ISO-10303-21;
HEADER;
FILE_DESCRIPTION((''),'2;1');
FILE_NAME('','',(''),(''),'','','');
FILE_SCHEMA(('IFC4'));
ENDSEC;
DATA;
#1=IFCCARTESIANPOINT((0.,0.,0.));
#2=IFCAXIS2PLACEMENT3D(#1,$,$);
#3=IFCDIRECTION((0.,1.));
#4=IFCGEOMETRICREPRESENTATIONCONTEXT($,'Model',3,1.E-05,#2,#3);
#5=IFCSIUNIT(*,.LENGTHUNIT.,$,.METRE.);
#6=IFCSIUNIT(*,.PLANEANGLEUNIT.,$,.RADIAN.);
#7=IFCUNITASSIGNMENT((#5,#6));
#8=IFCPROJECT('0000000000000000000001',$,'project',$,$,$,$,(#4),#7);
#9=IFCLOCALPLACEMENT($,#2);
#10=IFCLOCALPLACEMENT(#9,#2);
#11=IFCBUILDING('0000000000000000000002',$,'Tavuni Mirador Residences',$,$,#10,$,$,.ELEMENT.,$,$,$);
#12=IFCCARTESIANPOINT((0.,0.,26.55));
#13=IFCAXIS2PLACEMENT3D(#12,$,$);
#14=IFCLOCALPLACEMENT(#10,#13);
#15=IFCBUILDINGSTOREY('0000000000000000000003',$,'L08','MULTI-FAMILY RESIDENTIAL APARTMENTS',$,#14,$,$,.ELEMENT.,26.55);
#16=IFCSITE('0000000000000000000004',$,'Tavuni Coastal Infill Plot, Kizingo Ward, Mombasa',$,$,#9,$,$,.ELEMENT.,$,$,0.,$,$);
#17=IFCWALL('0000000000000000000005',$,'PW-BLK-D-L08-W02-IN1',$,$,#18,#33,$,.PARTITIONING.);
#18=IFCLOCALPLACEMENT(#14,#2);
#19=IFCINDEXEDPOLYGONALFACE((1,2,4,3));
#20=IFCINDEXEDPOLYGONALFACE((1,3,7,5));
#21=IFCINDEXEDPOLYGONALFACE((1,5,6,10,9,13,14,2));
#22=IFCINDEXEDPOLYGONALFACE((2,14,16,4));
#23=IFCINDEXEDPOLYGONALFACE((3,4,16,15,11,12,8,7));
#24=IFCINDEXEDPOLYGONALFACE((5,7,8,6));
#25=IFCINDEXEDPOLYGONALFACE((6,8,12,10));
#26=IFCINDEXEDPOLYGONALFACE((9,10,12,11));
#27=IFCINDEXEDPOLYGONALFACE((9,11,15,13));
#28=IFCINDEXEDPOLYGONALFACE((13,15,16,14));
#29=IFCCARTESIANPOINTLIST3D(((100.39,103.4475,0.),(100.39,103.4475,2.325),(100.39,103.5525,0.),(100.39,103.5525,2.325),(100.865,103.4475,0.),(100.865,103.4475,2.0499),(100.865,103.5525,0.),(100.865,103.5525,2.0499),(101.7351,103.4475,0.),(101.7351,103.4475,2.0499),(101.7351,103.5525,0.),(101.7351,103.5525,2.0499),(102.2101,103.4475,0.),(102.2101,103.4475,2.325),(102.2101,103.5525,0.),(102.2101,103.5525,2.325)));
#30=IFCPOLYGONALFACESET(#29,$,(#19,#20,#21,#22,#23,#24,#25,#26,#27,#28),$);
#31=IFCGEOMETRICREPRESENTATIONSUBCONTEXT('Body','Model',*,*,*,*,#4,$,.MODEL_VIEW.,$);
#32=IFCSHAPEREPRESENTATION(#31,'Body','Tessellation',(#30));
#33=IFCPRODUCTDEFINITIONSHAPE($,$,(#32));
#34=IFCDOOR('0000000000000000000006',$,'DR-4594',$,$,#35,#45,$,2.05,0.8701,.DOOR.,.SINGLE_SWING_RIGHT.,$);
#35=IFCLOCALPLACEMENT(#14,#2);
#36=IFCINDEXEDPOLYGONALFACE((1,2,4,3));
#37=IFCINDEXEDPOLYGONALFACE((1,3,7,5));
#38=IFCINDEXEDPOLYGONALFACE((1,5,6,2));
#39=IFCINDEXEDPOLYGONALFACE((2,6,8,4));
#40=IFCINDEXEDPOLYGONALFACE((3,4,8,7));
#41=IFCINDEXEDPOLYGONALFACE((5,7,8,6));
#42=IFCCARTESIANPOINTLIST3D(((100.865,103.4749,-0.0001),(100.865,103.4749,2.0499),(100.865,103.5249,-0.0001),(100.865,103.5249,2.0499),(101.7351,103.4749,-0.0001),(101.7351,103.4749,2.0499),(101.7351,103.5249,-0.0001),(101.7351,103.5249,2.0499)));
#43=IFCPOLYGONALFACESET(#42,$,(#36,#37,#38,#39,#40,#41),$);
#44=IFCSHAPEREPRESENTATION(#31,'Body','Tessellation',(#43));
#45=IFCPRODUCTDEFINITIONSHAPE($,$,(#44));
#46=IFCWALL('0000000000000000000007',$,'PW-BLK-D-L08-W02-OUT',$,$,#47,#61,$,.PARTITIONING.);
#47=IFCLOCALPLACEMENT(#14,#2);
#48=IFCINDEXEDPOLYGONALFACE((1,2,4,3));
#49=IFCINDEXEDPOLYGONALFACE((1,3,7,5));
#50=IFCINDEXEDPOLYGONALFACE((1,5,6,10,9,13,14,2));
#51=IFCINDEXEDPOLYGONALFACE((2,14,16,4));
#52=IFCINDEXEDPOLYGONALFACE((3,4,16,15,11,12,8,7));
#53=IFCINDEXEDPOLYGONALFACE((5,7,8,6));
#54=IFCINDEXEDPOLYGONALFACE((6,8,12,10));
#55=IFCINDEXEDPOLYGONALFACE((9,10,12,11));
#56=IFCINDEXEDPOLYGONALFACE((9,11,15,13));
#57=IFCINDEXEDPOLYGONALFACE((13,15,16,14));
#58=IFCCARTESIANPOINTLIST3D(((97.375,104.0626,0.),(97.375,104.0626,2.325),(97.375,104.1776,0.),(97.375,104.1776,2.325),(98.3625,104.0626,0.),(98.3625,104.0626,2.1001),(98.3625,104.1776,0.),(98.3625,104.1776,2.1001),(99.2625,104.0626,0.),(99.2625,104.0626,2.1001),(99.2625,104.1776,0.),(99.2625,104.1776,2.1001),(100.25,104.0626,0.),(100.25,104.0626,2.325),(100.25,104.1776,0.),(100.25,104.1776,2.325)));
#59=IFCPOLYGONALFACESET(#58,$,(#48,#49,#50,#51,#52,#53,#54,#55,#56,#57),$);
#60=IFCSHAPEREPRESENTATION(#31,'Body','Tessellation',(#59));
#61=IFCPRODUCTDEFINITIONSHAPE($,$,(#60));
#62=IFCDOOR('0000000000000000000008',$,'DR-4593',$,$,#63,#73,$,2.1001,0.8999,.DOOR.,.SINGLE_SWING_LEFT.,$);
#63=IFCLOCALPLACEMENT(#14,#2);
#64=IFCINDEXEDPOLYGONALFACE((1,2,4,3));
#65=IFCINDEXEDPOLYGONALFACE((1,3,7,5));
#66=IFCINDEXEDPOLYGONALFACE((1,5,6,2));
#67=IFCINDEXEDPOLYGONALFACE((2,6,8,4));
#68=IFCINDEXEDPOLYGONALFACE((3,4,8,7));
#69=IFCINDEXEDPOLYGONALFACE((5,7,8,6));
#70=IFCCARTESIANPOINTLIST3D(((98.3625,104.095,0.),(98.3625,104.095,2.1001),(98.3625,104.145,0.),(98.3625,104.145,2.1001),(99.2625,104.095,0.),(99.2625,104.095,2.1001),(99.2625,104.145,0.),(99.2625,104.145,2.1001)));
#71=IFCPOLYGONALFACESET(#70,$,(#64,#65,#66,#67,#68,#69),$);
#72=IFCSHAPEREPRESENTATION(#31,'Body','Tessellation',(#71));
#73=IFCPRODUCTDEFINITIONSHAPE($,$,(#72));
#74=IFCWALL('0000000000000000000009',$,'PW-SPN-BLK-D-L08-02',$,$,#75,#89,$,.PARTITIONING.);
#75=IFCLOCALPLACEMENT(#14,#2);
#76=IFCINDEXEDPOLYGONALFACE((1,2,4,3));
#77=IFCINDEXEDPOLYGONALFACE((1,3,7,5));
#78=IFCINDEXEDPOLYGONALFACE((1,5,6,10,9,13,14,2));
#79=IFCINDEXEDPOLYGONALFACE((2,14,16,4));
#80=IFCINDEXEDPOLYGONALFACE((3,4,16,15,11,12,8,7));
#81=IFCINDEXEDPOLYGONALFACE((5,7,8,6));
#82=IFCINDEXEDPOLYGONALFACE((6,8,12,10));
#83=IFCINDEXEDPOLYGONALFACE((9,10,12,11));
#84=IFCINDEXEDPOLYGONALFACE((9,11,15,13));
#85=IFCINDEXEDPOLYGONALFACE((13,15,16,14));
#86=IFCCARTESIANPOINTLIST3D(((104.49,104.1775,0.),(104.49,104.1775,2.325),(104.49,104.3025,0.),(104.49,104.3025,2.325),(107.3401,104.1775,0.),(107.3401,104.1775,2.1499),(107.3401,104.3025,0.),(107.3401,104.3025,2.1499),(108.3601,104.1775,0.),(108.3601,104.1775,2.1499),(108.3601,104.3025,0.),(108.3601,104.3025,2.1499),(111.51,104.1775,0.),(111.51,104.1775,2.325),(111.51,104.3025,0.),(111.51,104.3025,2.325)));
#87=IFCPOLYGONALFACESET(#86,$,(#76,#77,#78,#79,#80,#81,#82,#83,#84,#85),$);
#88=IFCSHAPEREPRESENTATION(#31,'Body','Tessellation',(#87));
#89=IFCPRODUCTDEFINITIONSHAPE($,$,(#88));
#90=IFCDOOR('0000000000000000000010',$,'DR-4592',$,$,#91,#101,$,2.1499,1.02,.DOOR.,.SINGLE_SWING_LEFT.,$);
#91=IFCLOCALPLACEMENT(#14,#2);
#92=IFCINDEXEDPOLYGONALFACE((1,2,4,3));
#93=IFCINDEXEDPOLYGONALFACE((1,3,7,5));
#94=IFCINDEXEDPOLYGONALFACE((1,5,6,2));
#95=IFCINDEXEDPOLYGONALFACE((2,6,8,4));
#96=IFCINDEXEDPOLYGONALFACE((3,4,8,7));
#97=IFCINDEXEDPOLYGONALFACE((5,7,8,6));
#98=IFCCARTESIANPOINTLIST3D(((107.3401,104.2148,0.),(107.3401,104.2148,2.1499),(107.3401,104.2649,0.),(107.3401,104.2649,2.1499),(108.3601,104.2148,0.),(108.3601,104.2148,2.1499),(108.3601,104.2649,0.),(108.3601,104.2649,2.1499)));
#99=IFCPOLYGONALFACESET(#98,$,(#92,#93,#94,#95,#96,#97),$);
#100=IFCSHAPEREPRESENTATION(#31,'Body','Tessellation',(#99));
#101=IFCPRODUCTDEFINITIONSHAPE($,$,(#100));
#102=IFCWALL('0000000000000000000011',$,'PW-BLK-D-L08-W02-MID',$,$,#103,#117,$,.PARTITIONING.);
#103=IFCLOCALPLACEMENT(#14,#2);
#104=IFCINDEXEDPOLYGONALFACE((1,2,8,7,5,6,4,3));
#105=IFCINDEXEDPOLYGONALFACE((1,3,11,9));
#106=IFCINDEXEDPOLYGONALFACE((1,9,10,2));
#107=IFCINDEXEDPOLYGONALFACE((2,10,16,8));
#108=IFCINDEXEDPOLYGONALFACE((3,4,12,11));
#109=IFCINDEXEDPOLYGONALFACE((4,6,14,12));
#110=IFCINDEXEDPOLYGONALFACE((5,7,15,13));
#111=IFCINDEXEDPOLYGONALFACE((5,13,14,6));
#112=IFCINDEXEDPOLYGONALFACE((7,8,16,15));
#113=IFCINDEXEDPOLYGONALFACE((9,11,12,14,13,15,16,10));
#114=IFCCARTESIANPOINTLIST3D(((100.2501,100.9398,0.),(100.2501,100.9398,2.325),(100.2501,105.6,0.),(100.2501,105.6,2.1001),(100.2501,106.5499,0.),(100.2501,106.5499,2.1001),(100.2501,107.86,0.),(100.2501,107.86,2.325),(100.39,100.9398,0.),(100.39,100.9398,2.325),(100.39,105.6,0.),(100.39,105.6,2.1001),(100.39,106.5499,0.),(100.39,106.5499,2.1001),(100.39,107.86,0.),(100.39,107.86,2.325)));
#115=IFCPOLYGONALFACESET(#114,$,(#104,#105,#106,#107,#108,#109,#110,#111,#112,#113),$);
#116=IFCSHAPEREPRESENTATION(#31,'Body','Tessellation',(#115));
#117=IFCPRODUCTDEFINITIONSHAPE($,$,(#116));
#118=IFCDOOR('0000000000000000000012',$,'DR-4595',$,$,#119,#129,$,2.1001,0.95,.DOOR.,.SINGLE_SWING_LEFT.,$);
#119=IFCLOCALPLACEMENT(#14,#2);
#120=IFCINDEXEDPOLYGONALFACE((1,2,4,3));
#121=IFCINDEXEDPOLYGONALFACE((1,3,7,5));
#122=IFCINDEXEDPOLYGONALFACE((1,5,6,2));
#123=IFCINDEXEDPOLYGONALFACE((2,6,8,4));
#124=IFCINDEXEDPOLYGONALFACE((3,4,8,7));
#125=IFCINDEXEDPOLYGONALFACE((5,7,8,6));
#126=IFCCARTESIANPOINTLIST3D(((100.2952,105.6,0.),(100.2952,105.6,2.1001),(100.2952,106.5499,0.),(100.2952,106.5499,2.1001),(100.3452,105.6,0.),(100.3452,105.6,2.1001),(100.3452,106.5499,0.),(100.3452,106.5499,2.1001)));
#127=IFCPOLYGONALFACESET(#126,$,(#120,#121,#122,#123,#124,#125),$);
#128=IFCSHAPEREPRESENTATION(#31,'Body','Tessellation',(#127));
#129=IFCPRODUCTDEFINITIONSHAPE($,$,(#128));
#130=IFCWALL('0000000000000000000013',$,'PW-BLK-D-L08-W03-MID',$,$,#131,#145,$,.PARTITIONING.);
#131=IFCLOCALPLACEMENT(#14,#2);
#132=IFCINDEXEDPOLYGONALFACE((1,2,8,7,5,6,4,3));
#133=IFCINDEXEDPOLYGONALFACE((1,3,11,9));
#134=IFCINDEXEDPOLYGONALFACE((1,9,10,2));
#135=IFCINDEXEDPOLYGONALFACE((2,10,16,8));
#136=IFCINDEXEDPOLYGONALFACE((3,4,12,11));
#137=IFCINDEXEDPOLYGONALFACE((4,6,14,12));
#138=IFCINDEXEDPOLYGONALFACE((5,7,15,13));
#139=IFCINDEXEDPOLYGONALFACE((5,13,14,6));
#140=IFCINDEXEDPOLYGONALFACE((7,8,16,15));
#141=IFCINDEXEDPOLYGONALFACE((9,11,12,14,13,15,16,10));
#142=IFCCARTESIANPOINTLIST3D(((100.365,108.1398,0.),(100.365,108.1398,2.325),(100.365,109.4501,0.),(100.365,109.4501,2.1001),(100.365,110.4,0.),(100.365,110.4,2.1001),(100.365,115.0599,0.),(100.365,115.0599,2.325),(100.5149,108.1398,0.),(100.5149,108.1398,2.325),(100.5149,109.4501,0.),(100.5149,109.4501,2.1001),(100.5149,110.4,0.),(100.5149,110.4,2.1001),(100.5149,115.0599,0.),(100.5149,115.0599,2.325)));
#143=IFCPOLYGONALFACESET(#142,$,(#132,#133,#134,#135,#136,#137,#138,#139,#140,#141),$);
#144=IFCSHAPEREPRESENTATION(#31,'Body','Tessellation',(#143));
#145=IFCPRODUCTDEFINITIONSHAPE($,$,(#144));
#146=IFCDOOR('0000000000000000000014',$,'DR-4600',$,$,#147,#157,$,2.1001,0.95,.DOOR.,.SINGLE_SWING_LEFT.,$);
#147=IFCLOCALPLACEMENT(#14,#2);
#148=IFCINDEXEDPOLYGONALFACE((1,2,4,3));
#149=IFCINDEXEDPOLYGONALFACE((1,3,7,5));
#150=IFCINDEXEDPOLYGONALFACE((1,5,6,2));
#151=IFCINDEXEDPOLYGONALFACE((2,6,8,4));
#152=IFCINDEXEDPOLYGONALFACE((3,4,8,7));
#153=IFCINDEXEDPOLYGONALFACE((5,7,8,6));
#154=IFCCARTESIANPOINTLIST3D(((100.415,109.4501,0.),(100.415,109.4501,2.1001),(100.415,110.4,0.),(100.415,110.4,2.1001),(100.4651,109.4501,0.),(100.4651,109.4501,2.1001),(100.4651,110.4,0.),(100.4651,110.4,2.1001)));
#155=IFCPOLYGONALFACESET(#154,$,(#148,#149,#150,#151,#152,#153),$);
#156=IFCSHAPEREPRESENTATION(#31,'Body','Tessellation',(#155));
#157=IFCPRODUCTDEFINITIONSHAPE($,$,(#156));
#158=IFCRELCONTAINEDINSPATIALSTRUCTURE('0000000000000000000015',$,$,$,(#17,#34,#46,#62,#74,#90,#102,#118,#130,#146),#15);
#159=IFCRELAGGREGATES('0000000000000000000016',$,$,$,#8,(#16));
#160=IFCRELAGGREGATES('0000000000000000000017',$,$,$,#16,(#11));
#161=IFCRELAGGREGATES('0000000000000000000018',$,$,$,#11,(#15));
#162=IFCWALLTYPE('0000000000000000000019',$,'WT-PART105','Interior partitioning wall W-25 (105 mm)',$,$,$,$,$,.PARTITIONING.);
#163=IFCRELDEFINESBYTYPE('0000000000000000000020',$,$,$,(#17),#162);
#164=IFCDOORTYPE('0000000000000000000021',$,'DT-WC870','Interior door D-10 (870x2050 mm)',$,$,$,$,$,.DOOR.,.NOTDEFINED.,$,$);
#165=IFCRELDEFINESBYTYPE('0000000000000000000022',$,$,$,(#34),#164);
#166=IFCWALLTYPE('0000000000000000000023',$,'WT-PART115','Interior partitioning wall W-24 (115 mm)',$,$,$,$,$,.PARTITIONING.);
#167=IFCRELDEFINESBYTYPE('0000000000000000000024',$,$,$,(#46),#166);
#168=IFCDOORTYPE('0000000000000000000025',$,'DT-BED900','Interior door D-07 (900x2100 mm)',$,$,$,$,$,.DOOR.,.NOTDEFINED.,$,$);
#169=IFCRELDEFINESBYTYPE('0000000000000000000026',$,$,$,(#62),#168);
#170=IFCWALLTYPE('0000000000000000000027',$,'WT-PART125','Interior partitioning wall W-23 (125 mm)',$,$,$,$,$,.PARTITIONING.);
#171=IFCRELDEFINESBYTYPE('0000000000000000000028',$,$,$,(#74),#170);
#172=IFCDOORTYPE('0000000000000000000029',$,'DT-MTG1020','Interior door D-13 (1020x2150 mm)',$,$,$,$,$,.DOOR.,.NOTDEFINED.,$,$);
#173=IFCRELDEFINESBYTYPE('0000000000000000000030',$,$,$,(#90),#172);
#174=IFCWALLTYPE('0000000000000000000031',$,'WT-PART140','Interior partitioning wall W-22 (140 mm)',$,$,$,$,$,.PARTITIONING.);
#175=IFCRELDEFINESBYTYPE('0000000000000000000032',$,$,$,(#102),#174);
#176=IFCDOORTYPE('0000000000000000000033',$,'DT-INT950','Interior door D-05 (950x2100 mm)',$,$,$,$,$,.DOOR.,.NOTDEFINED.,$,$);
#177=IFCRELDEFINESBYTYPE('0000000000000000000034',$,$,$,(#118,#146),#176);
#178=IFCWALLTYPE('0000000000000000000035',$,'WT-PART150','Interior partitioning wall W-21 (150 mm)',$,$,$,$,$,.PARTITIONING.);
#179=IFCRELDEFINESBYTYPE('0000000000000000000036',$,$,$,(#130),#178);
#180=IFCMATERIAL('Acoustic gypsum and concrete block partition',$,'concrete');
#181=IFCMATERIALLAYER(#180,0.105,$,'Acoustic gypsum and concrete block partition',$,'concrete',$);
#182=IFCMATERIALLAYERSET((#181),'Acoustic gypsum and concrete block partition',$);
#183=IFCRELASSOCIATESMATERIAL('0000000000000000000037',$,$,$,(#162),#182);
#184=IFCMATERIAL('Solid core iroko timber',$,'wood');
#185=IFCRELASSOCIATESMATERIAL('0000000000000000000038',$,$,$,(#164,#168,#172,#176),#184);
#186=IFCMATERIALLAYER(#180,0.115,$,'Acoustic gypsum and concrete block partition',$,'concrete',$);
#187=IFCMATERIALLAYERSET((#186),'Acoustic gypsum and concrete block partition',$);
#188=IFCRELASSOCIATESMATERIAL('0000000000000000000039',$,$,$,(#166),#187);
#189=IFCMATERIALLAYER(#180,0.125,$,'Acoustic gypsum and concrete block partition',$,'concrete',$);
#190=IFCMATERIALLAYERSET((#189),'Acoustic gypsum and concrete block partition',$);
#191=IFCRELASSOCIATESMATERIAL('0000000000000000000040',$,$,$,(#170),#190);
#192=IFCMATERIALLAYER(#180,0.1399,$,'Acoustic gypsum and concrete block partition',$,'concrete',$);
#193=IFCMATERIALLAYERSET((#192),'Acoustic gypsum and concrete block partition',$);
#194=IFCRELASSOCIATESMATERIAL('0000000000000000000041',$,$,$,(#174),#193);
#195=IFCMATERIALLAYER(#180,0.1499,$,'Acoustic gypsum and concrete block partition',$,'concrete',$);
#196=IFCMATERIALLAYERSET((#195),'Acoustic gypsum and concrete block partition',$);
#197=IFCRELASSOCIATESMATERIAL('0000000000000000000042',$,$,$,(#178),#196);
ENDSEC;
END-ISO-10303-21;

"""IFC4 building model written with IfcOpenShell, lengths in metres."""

from ifc_helpers import new_model, si_unit, direction, frame, frame_2d, origin, place, context, subcontext, project, spatial, rectangle, extrude, material, layer, layer_set, type_object, element, fill, save


model = new_model("IFC4")

# Units and contexts
model_context = context("Model", 3, precision=1e-05, world=origin(), true_north=direction((0.0, 1.0)))
body_context = subcontext(model_context, "Body", "Model", "MODEL_VIEW")
ifc_project = project(units=[si_unit("LENGTHUNIT", "METRE"), si_unit("PLANEANGLEUNIT", "RADIAN")], contexts=[model_context])

# Site, building, storey
site_placement = place(None, origin())
site = spatial("IfcSite", under=ifc_project, at=site_placement, Name="Tavuni Coastal Infill Plot, Kizingo Ward, Mombasa", CompositionType="ELEMENT", RefElevation=0.0)
building_placement = place(site_placement, origin())
building = spatial("IfcBuilding", under=site, at=building_placement, Name="Tavuni Mirador Residences", CompositionType="ELEMENT")
storey_placement = place(building_placement, frame((0.0, 0.0, 26.55)))
storey = spatial("IfcBuildingStorey", under=building, at=storey_placement, Name="L08", Description="MULTI-FAMILY RESIDENTIAL APARTMENTS", CompositionType="ELEMENT", Elevation=26.55)

# Shared definitions
ifc_material_1 = material(Name="Solid core iroko timber", Category="wood")

# Walls, openings, doors
ifc_material_2 = material(Name="Acoustic gypsum and concrete block partition", Category="concrete")
ifc_layer_1 = layer(ifc_material_2, 0.105, Name="Acoustic gypsum and concrete block partition", Category="concrete")
ifc_layer_set_1 = layer_set([ifc_layer_1], Name="Acoustic gypsum and concrete block partition")
wall_type_1 = type_object("IfcWallType", Name="WT-PART105", Description="Interior partitioning wall W-25 (105 mm)", PredefinedType="PARTITIONING", material=ifc_layer_set_1)
wall_1_placement = place(storey_placement, frame((100.3899, 103.5, 0.0), z_axis=(0.0, 0.0, 1.0), x_axis=(1.0, 0.0, 0.0)))
wall_1 = element("IfcWall", 1, at=wall_1_placement, inside=storey, type_object=wall_type_1, Name="PW-BLK-D-L08-W02-IN1", PredefinedType="PARTITIONING", context=body_context, shape_type="SweptSolid", body=[
    extrude(rectangle(XDim=1.8201, YDim=0.105, at=frame_2d((0.9102, 0.0))), origin(), (0.0, 0.0, 1.0), 2.325),
])
opening_1_placement = place(wall_1_placement, frame((0.4751, 0.0, 0.0)))
opening_1 = element("IfcOpeningElement", 2, at=opening_1_placement, cuts=wall_1, PredefinedType="OPENING", context=body_context, shape_type="SweptSolid", body=[
    extrude(rectangle(XDim=0.8701, YDim=2.05, at=frame_2d((0.4351, 1.0249))), frame((0.0, 0.0625, 0.0), z_axis=(0.0, -1.0, 0.0), x_axis=(1.0, 0.0, 0.0)), (0.0, 0.0, 1.0), 0.125),
])
door_type_1 = type_object("IfcDoorType", Name="DT-WC870", Description="Interior door D-10 (870x2050 mm)", OperationType="NOTDEFINED", PredefinedType="DOOR", material=ifc_material_1)
door_1_placement = place(opening_1_placement, origin())
door_1 = element("IfcDoor", 3, at=door_1_placement, inside=storey, type_object=door_type_1, Name="DR-4594", OperationType="SINGLE_SWING_RIGHT", OverallHeight=2.05, OverallWidth=0.8701, PredefinedType="DOOR", context=body_context, shape_type="SweptSolid", body=[
    extrude(rectangle(XDim=0.8701, YDim=2.05, at=frame_2d((0.4351, 1.0249))), frame((0.0, 0.0249, 0.0), z_axis=(0.0, -1.0, 0.0), x_axis=(1.0, 0.0, 0.0)), (0.0, 0.0, 1.0), 0.05),
])
fill(opening_1, door_1)
ifc_layer_2 = layer(ifc_material_2, 0.115, Name="Acoustic gypsum and concrete block partition", Category="concrete")
ifc_layer_set_2 = layer_set([ifc_layer_2], Name="Acoustic gypsum and concrete block partition")
wall_type_2 = type_object("IfcWallType", Name="WT-PART115", Description="Interior partitioning wall W-24 (115 mm)", PredefinedType="PARTITIONING", material=ifc_layer_set_2)
wall_2_placement = place(storey_placement, frame((97.375, 104.1201, 0.0), z_axis=(0.0, 0.0, 1.0), x_axis=(1.0, 0.0, 0.0)))
wall_2 = element("IfcWall", 4, at=wall_2_placement, inside=storey, type_object=wall_type_2, Name="PW-BLK-D-L08-W02-OUT", PredefinedType="PARTITIONING", context=body_context, shape_type="SweptSolid", body=[
    extrude(rectangle(XDim=2.875, YDim=0.115, at=frame_2d((1.4375, 0.0))), origin(), (0.0, 0.0, 1.0), 2.325),
])
opening_2_placement = place(wall_2_placement, frame((0.9875, 0.0, 0.0)))
opening_2 = element("IfcOpeningElement", 5, at=opening_2_placement, cuts=wall_2, PredefinedType="OPENING", context=body_context, shape_type="SweptSolid", body=[
    extrude(rectangle(XDim=0.8999, YDim=2.1001, at=frame_2d((0.45, 1.05))), frame((0.0, 0.0674, 0.0), z_axis=(0.0, -1.0, 0.0), x_axis=(1.0, 0.0, 0.0)), (0.0, 0.0, 1.0), 0.135),
])
door_type_2 = type_object("IfcDoorType", Name="DT-BED900", Description="Interior door D-07 (900x2100 mm)", OperationType="NOTDEFINED", PredefinedType="DOOR", material=ifc_material_1)
door_2_placement = place(opening_2_placement, origin())
door_2 = element("IfcDoor", 6, at=door_2_placement, inside=storey, type_object=door_type_2, Name="DR-4593", OperationType="SINGLE_SWING_LEFT", OverallHeight=2.1001, OverallWidth=0.8999, PredefinedType="DOOR", context=body_context, shape_type="SweptSolid", body=[
    extrude(rectangle(XDim=0.8999, YDim=2.1001, at=frame_2d((0.45, 1.05))), frame((0.0, 0.0249, 0.0), z_axis=(0.0, -1.0, 0.0), x_axis=(1.0, 0.0, 0.0)), (0.0, 0.0, 1.0), 0.05),
])
fill(opening_2, door_2)
ifc_layer_3 = layer(ifc_material_2, 0.125, Name="Acoustic gypsum and concrete block partition", Category="concrete")
ifc_layer_set_3 = layer_set([ifc_layer_3], Name="Acoustic gypsum and concrete block partition")
wall_type_3 = type_object("IfcWallType", Name="WT-PART125", Description="Interior partitioning wall W-23 (125 mm)", PredefinedType="PARTITIONING", material=ifc_layer_set_3)
wall_3_placement = place(storey_placement, frame((104.49, 104.24, 0.0), z_axis=(0.0, 0.0, 1.0), x_axis=(1.0, 0.0, 0.0)))
wall_3 = element("IfcWall", 7, at=wall_3_placement, inside=storey, type_object=wall_type_3, Name="PW-SPN-BLK-D-L08-02", PredefinedType="PARTITIONING", context=body_context, shape_type="SweptSolid", body=[
    extrude(rectangle(XDim=7.02, YDim=0.125, at=frame_2d((3.51, 0.0))), origin(), (0.0, 0.0, 1.0), 2.325),
])
opening_3_placement = place(wall_3_placement, frame((2.8501, 0.0, 0.0)))
opening_3 = element("IfcOpeningElement", 8, at=opening_3_placement, cuts=wall_3, PredefinedType="OPENING", context=body_context, shape_type="SweptSolid", body=[
    extrude(rectangle(XDim=1.02, YDim=2.1499, at=frame_2d((0.51, 1.075))), frame((0.0, 0.0725, 0.0), z_axis=(0.0, -1.0, 0.0), x_axis=(1.0, 0.0, 0.0)), (0.0, 0.0, 1.0), 0.145),
])
door_type_3 = type_object("IfcDoorType", Name="DT-MTG1020", Description="Interior door D-13 (1020x2150 mm)", OperationType="NOTDEFINED", PredefinedType="DOOR", material=ifc_material_1)
door_3_placement = place(opening_3_placement, origin())
door_3 = element("IfcDoor", 9, at=door_3_placement, inside=storey, type_object=door_type_3, Name="DR-4592", OperationType="SINGLE_SWING_LEFT", OverallHeight=2.1499, OverallWidth=1.02, PredefinedType="DOOR", context=body_context, shape_type="SweptSolid", body=[
    extrude(rectangle(XDim=1.02, YDim=2.1499, at=frame_2d((0.51, 1.075))), frame((0.0, 0.0249, 0.0), z_axis=(0.0, -1.0, 0.0), x_axis=(1.0, 0.0, 0.0)), (0.0, 0.0, 1.0), 0.05),
])
fill(opening_3, door_3)
ifc_layer_4 = layer(ifc_material_2, 0.1399, Name="Acoustic gypsum and concrete block partition", Category="concrete")
ifc_layer_set_4 = layer_set([ifc_layer_4], Name="Acoustic gypsum and concrete block partition")
wall_type_4 = type_object("IfcWallType", Name="WT-PART140", Description="Interior partitioning wall W-22 (140 mm)", PredefinedType="PARTITIONING", material=ifc_layer_set_4)
wall_4_placement = place(storey_placement, frame((100.3201, 100.9399, 0.0), z_axis=(0.0, 0.0, 1.0), x_axis=(0.0, 1.0, 0.0)))
wall_4 = element("IfcWall", 10, at=wall_4_placement, inside=storey, type_object=wall_type_4, Name="PW-BLK-D-L08-W02-MID", PredefinedType="PARTITIONING", context=body_context, shape_type="SweptSolid", body=[
    extrude(rectangle(XDim=6.9202, YDim=0.1399, at=frame_2d((3.46, 0.0))), origin(), (0.0, 0.0, 1.0), 2.325),
])
opening_4_placement = place(wall_4_placement, frame((4.6599, 0.0, 0.0)))
opening_4 = element("IfcOpeningElement", 11, at=opening_4_placement, cuts=wall_4, PredefinedType="OPENING", context=body_context, shape_type="SweptSolid", body=[
    extrude(rectangle(XDim=0.95, YDim=2.1001, at=frame_2d((0.4751, 1.05))), frame((0.0, 0.0801, 0.0), z_axis=(0.0, -1.0, 0.0), x_axis=(1.0, 0.0, 0.0)), (0.0, 0.0, 1.0), 0.1599),
])
door_type_4 = type_object("IfcDoorType", Name="DT-INT950", Description="Interior door D-05 (950x2100 mm)", OperationType="NOTDEFINED", PredefinedType="DOOR", material=ifc_material_1)
door_4_placement = place(opening_4_placement, origin())
door_4 = element("IfcDoor", 12, at=door_4_placement, inside=storey, type_object=door_type_4, Name="DR-4595", OperationType="SINGLE_SWING_LEFT", OverallHeight=2.1001, OverallWidth=0.95, PredefinedType="DOOR", context=body_context, shape_type="SweptSolid", body=[
    extrude(rectangle(XDim=0.95, YDim=2.1001, at=frame_2d((0.4751, 1.05))), frame((0.0, 0.0249, 0.0), z_axis=(0.0, -1.0, 0.0), x_axis=(1.0, 0.0, 0.0)), (0.0, 0.0, 1.0), 0.05),
])
fill(opening_4, door_4)
ifc_layer_5 = layer(ifc_material_2, 0.1499, Name="Acoustic gypsum and concrete block partition", Category="concrete")
ifc_layer_set_5 = layer_set([ifc_layer_5], Name="Acoustic gypsum and concrete block partition")
wall_type_5 = type_object("IfcWallType", Name="WT-PART150", Description="Interior partitioning wall W-21 (150 mm)", PredefinedType="PARTITIONING", material=ifc_layer_set_5)
wall_5_placement = place(storey_placement, frame((100.4399, 108.1399, 0.0), z_axis=(0.0, 0.0, 1.0), x_axis=(0.0, 1.0, 0.0)))
wall_5 = element("IfcWall", 13, at=wall_5_placement, inside=storey, type_object=wall_type_5, Name="PW-BLK-D-L08-W03-MID", PredefinedType="PARTITIONING", context=body_context, shape_type="SweptSolid", body=[
    extrude(rectangle(XDim=6.9202, YDim=0.1499, at=frame_2d((3.46, 0.0))), origin(), (0.0, 0.0, 1.0), 2.325),
])
opening_5_placement = place(wall_5_placement, frame((1.3101, 0.0, 0.0)))
opening_5 = element("IfcOpeningElement", 14, at=opening_5_placement, cuts=wall_5, PredefinedType="OPENING", context=body_context, shape_type="SweptSolid", body=[
    extrude(rectangle(XDim=0.95, YDim=2.1001, at=frame_2d((0.4751, 1.05))), frame((0.0, 0.085, 0.0), z_axis=(0.0, -1.0, 0.0), x_axis=(1.0, 0.0, 0.0)), (0.0, 0.0, 1.0), 0.1699),
])
door_5_placement = place(opening_5_placement, origin())
door_5 = element("IfcDoor", 15, at=door_5_placement, inside=storey, type_object=door_type_4, Name="DR-4600", OperationType="SINGLE_SWING_LEFT", OverallHeight=2.1001, OverallWidth=0.95, PredefinedType="DOOR", context=body_context, shape_type="SweptSolid", body=[
    extrude(rectangle(XDim=0.95, YDim=2.1001, at=frame_2d((0.4751, 1.05))), frame((0.0, 0.0249, 0.0), z_axis=(0.0, -1.0, 0.0), x_axis=(1.0, 0.0, 0.0)), (0.0, 0.0, 1.0), 0.05),
])
fill(opening_5, door_5)

save(model, "model.ifc")
